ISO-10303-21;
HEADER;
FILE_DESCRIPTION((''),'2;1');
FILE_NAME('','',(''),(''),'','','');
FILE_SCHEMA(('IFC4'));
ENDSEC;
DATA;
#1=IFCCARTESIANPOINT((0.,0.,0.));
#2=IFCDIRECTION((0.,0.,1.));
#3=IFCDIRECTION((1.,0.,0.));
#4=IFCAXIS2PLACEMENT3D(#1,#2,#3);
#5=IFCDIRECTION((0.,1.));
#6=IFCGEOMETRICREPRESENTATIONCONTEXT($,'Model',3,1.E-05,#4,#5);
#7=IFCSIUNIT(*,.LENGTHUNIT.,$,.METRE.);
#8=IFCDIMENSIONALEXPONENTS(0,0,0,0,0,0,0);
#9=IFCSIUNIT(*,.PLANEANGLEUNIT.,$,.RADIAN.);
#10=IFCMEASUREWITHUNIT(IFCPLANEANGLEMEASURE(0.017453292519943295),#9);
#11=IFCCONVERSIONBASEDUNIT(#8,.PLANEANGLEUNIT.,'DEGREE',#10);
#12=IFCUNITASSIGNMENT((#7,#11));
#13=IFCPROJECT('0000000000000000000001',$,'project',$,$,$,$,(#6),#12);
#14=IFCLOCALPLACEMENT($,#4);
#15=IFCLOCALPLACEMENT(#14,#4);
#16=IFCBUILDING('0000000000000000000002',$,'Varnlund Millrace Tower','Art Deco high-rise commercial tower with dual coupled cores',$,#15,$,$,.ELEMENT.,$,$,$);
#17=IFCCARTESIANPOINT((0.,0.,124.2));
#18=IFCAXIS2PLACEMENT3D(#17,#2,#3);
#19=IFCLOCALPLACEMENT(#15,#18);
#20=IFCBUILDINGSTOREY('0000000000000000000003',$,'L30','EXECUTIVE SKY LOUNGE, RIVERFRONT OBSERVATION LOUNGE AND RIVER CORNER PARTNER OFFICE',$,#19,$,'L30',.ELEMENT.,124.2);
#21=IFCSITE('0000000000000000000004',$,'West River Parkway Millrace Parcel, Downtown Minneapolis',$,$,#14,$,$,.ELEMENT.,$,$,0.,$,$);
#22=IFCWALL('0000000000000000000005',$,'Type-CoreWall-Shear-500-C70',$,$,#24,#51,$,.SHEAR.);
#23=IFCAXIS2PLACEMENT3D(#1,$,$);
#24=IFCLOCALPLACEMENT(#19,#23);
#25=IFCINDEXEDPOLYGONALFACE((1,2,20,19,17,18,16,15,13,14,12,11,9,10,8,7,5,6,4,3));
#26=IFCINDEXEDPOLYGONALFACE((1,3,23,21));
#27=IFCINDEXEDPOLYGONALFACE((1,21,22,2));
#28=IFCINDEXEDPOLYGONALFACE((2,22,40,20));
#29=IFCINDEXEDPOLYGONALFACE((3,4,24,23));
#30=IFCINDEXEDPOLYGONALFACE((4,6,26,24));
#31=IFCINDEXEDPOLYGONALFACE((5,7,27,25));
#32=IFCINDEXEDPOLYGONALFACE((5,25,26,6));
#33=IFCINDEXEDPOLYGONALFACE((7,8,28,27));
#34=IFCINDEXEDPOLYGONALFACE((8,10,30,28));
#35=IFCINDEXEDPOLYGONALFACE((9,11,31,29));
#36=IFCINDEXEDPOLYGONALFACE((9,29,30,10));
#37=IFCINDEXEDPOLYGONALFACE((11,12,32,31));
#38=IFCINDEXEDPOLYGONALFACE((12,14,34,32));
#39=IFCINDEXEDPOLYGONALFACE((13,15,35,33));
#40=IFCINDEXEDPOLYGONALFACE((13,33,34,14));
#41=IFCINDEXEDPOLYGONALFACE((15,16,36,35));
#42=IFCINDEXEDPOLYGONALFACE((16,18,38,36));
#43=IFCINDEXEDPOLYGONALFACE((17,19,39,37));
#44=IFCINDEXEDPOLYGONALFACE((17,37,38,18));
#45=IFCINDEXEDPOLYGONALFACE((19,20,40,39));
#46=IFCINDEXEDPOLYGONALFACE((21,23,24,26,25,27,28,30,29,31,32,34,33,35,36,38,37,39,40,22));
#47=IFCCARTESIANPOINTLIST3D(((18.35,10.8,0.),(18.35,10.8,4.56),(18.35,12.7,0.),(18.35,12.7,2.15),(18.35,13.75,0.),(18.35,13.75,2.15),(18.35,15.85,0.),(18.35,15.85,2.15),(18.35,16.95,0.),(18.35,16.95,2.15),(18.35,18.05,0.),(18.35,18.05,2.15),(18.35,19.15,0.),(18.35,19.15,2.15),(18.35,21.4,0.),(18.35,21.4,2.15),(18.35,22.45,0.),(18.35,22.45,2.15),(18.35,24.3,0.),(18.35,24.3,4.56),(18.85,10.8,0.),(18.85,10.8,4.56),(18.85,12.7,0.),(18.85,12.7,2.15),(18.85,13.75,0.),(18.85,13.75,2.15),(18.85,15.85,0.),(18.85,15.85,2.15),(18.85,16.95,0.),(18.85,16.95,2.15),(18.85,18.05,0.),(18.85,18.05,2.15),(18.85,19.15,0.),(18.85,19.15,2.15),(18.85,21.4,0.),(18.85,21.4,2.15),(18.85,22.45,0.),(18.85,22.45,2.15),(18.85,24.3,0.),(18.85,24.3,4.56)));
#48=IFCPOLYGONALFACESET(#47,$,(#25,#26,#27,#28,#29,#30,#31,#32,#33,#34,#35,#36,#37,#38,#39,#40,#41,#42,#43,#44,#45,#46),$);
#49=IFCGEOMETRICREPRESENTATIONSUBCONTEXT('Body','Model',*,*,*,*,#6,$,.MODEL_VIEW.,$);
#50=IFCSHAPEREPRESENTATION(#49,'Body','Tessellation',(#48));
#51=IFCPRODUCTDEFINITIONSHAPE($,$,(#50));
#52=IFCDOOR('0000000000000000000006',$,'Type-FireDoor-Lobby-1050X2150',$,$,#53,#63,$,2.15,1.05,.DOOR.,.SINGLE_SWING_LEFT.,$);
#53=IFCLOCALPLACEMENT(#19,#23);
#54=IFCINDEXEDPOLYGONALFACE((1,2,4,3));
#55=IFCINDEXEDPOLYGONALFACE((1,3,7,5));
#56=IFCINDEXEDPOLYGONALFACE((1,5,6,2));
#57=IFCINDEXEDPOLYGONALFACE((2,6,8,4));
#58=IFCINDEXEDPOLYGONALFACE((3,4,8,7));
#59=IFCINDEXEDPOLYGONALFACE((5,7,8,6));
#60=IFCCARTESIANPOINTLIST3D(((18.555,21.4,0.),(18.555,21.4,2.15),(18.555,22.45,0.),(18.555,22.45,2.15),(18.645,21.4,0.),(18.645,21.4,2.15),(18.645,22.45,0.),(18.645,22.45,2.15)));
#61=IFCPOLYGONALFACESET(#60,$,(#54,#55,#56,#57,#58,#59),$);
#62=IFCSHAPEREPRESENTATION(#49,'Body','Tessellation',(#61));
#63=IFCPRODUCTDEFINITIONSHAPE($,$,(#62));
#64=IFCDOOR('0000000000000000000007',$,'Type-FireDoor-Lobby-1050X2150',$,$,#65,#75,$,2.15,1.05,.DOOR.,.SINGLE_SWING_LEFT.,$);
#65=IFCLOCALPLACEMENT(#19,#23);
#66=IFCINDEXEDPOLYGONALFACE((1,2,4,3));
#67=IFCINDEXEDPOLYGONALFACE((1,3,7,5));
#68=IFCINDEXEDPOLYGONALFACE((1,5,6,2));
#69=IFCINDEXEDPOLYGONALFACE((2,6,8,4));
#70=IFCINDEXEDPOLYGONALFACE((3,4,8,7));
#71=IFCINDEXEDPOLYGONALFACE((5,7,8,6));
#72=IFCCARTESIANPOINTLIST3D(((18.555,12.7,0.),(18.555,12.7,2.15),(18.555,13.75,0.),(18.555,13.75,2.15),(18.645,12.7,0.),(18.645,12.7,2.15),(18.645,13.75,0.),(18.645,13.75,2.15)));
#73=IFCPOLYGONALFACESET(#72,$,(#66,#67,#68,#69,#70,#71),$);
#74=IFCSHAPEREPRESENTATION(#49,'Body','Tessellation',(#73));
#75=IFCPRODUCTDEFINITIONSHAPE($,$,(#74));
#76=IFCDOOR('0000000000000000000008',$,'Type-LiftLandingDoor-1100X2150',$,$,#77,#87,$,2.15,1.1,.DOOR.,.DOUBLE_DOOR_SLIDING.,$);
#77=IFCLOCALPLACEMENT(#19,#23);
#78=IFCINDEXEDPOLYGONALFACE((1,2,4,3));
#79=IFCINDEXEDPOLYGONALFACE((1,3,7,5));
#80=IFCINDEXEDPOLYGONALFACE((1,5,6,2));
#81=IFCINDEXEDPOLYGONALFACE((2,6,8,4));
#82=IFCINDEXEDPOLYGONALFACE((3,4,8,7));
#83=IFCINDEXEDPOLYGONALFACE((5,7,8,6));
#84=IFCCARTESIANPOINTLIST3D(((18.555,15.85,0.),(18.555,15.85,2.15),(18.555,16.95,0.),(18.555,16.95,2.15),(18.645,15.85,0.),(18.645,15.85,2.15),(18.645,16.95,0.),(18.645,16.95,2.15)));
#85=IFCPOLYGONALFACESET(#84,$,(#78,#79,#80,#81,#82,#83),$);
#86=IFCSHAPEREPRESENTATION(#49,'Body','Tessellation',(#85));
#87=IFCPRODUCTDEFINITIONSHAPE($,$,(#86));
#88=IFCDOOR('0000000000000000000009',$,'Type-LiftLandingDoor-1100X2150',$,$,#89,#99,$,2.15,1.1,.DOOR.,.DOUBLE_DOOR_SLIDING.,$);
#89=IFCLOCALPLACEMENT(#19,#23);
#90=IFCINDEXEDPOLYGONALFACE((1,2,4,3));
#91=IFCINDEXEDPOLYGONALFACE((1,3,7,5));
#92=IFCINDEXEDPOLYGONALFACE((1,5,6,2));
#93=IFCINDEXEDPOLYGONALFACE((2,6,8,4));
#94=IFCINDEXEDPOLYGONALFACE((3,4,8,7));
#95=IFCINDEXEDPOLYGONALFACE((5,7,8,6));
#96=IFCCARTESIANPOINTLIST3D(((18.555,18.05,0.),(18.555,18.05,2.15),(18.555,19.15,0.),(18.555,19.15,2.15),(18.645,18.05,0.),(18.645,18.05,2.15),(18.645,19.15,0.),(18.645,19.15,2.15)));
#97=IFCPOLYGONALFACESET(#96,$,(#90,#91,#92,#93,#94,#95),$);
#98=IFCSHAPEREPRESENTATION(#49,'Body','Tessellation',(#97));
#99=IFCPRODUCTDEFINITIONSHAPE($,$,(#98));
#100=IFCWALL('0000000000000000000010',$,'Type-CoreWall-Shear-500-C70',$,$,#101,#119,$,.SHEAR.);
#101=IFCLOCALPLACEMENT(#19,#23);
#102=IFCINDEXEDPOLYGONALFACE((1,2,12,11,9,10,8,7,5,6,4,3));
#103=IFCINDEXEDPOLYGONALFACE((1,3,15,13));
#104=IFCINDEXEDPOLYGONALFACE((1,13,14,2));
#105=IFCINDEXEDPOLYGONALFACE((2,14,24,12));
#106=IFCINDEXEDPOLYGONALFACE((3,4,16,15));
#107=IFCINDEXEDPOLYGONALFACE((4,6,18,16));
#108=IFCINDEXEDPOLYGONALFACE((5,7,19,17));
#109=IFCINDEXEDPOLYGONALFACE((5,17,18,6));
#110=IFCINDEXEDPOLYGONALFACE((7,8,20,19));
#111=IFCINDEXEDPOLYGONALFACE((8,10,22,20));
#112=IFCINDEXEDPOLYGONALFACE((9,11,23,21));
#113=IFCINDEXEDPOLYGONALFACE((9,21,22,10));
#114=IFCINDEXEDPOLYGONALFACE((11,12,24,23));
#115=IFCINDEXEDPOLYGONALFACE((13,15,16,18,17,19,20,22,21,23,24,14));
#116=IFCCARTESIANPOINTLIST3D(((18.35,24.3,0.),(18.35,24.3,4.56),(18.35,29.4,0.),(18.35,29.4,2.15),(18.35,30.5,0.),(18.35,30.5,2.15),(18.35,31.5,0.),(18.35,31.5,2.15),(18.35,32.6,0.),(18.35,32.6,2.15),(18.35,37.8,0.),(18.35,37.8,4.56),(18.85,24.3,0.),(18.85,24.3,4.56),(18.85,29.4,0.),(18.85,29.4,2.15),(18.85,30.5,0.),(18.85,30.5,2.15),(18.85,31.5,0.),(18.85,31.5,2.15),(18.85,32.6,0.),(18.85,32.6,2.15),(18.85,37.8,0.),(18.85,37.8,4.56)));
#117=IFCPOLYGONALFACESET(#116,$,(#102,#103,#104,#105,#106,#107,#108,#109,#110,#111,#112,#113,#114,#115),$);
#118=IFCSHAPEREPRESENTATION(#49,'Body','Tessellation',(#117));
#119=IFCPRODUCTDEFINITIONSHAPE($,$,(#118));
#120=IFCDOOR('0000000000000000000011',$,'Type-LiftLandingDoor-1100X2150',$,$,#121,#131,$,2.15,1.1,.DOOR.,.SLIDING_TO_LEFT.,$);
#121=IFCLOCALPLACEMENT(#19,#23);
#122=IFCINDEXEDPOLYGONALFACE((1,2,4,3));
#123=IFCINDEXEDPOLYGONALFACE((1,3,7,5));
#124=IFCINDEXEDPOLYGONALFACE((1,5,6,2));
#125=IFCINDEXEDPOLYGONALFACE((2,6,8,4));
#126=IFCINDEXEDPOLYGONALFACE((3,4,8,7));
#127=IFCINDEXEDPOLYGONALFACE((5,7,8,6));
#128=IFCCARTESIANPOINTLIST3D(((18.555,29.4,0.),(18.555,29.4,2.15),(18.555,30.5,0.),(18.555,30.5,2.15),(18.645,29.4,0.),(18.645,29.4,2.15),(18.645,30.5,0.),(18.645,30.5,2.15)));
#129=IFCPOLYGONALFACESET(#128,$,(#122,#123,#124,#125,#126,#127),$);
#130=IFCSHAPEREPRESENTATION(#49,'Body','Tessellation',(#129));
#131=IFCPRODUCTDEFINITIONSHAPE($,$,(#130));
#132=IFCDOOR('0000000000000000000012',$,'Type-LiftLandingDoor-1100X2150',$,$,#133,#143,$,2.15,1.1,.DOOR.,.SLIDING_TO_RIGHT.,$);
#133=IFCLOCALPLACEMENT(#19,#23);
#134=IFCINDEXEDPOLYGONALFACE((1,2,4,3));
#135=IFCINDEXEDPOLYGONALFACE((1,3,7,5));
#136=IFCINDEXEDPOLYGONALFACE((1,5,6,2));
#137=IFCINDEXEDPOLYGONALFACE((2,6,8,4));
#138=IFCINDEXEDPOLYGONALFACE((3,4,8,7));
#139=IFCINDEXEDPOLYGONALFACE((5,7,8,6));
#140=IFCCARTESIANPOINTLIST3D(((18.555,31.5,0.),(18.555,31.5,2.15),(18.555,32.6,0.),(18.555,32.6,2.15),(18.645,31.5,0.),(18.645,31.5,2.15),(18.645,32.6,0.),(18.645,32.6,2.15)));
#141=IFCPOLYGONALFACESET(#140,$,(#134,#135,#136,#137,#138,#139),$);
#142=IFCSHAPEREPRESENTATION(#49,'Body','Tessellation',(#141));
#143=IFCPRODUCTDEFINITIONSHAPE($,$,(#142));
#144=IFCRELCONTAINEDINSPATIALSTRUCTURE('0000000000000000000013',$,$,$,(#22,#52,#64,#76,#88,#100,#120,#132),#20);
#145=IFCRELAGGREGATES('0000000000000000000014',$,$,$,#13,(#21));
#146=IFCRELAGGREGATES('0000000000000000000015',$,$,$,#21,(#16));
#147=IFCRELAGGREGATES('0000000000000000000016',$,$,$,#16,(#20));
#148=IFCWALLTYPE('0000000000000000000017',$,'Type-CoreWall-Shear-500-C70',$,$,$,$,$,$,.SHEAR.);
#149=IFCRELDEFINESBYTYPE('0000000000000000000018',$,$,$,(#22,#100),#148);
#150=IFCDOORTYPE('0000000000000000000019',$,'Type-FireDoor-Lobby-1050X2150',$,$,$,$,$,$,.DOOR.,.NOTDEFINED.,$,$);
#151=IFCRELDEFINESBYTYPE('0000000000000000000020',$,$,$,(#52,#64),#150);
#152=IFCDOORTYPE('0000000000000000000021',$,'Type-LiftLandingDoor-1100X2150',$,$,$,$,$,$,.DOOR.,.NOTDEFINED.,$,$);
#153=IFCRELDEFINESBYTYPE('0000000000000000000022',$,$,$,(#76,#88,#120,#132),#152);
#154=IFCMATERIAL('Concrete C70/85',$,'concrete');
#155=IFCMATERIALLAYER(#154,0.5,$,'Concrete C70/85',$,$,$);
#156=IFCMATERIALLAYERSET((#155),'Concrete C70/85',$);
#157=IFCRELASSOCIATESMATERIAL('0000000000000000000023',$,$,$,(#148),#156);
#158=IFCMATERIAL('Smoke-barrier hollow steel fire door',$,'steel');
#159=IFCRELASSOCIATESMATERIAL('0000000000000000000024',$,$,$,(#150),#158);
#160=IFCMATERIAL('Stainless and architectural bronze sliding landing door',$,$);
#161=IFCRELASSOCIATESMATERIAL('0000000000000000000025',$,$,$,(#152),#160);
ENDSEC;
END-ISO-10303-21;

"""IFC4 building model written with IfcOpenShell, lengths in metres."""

from ifc_helpers import new_model, entity, si_unit, converted_unit, direction, frame, origin_with_axes, origin_2d_with_axis, place, context, subcontext, project, spatial, polyline, rectangle, outline, extrude, material, layer, layer_set, type_object, element, fill, save


model = new_model("IFC4")

# Units and contexts
model_context = context("Model", 3, precision=1e-05, world=origin_with_axes(), true_north=direction((0.0, 1.0)))
body_context = subcontext(model_context, "Body", "Model", "MODEL_VIEW")
ifc_project = project(units=[si_unit("LENGTHUNIT", "METRE"), converted_unit("PLANEANGLEUNIT", "DEGREE", entity("IfcPlaneAngleMeasure", 0.017453292519943295), si_unit("PLANEANGLEUNIT", "RADIAN"), dimensions=[0, 0, 0, 0, 0, 0, 0])], contexts=[model_context])

# Site, building, storey
site_placement = place(None, origin_with_axes())
site = spatial("IfcSite", under=ifc_project, at=site_placement, Name="West River Parkway Millrace Parcel, Downtown Minneapolis", CompositionType="ELEMENT", RefElevation=0.0)
building_placement = place(site_placement, origin_with_axes())
building = spatial("IfcBuilding", under=site, at=building_placement, Name="Varnlund Millrace Tower", Description="Art Deco high-rise commercial tower with dual coupled cores", CompositionType="ELEMENT")
storey_placement = place(building_placement, frame((0.0, 0.0, 124.2), z_axis=(0.0, 0.0, 1.0), x_axis=(1.0, 0.0, 0.0)))
storey = spatial("IfcBuildingStorey", under=building, at=storey_placement, Name="L30", Description="EXECUTIVE SKY LOUNGE, RIVERFRONT OBSERVATION LOUNGE AND RIVER CORNER PARTNER OFFICE", LongName="L30", CompositionType="ELEMENT", Elevation=124.2)

# Shared definitions
ifc_material_1 = material(Name="Concrete C70/85", Category="concrete")

# Shared definitions
ifc_layer_1 = layer(ifc_material_1, 0.5, Name="Concrete C70/85")
ifc_layer_set_1 = layer_set([ifc_layer_1], Name="Concrete C70/85")
wall_type = type_object("IfcWallType", Name="Type-CoreWall-Shear-500-C70", PredefinedType="SHEAR", material=ifc_layer_set_1)

# Walls, openings, doors
wall_1_placement = place(storey_placement, frame((18.6, 10.8, 0.0), z_axis=(0.0, 0.0, 1.0), x_axis=(0.0, 1.0, 0.0)))
wall_1 = element("IfcWall", 1, at=wall_1_placement, inside=storey, type_object=wall_type, Name="Type-CoreWall-Shear-500-C70", PredefinedType="SHEAR", context=body_context, shape_type="SweptSolid", body=[
    extrude(outline(polyline([(0.0, -0.25), (13.5, -0.25), (13.5, 0.25), (0.0, 0.25), (0.0, -0.25)])), origin_with_axes(), (0.0, 0.0, 1.0), 4.56),
])
opening_1_placement = place(wall_1_placement, frame((5.6, 0.0, 0.0), z_axis=(0.0, 0.0, 1.0), x_axis=(1.0, 0.0, 0.0)))
opening_1 = element("IfcOpeningElement", 2, at=opening_1_placement, cuts=wall_1, PredefinedType="OPENING", context=body_context, shape_type="SweptSolid", body=[
    extrude(rectangle(XDim=1.1, YDim=0.52, at=origin_2d_with_axis()), origin_with_axes(), (0.0, 0.0, 1.0), 2.15),
])
opening_2_placement = place(wall_1_placement, frame((7.8, 0.0, 0.0), z_axis=(0.0, 0.0, 1.0), x_axis=(1.0, 0.0, 0.0)))
opening_2 = element("IfcOpeningElement", 3, at=opening_2_placement, cuts=wall_1, PredefinedType="OPENING", context=body_context, shape_type="SweptSolid", body=[
    extrude(rectangle(XDim=1.1, YDim=0.52, at=origin_2d_with_axis()), origin_with_axes(), (0.0, 0.0, 1.0), 2.15),
])
opening_3_placement = place(wall_1_placement, frame((11.125, 0.0, 0.0), z_axis=(0.0, 0.0, 1.0), x_axis=(1.0, 0.0, 0.0)))
opening_3 = element("IfcOpeningElement", 4, at=opening_3_placement, cuts=wall_1, PredefinedType="OPENING", context=body_context, shape_type="SweptSolid", body=[
    extrude(rectangle(XDim=1.05, YDim=0.52, at=origin_2d_with_axis()), origin_with_axes(), (0.0, 0.0, 1.0), 2.15),
])
opening_4_placement = place(wall_1_placement, frame((2.425, 0.0, 0.0), z_axis=(0.0, 0.0, 1.0), x_axis=(1.0, 0.0, 0.0)))
opening_4 = element("IfcOpeningElement", 5, at=opening_4_placement, cuts=wall_1, PredefinedType="OPENING", context=body_context, shape_type="SweptSolid", body=[
    extrude(rectangle(XDim=1.05, YDim=0.52, at=origin_2d_with_axis()), origin_with_axes(), (0.0, 0.0, 1.0), 2.15),
])
ifc_material_2 = material(Name="Smoke-barrier hollow steel fire door", Category="steel")
door_type_1 = type_object("IfcDoorType", Name="Type-FireDoor-Lobby-1050X2150", OperationType="NOTDEFINED", PredefinedType="DOOR", material=ifc_material_2)
door_1_placement = place(wall_1_placement, frame((11.125, 0.0, 0.0), z_axis=(0.0, 0.0, 1.0), x_axis=(1.0, 0.0, 0.0)))
door_1 = element("IfcDoor", 6, at=door_1_placement, inside=storey, type_object=door_type_1, Name="Type-FireDoor-Lobby-1050X2150", OperationType="SINGLE_SWING_LEFT", OverallHeight=2.15, OverallWidth=1.05, PredefinedType="DOOR", context=body_context, shape_type="SweptSolid", body=[
    extrude(rectangle(XDim=1.05, YDim=0.09, at=origin_2d_with_axis()), origin_with_axes(), (0.0, 0.0, 1.0), 2.15),
])
fill(opening_3, door_1)
door_2_placement = place(wall_1_placement, frame((2.425, 0.0, 0.0), z_axis=(0.0, 0.0, 1.0), x_axis=(1.0, 0.0, 0.0)))
door_2 = element("IfcDoor", 7, at=door_2_placement, inside=storey, type_object=door_type_1, Name="Type-FireDoor-Lobby-1050X2150", OperationType="SINGLE_SWING_LEFT", OverallHeight=2.15, OverallWidth=1.05, PredefinedType="DOOR", context=body_context, shape_type="SweptSolid", body=[
    extrude(rectangle(XDim=1.05, YDim=0.09, at=origin_2d_with_axis()), origin_with_axes(), (0.0, 0.0, 1.0), 2.15),
])
fill(opening_4, door_2)
ifc_material_3 = material(Name="Stainless and architectural bronze sliding landing door")
door_type_2 = type_object("IfcDoorType", Name="Type-LiftLandingDoor-1100X2150", OperationType="NOTDEFINED", PredefinedType="DOOR", material=ifc_material_3)
door_3_placement = place(wall_1_placement, frame((5.6, 0.0, 0.0), z_axis=(0.0, 0.0, 1.0), x_axis=(1.0, 0.0, 0.0)))
door_3 = element("IfcDoor", 8, at=door_3_placement, inside=storey, type_object=door_type_2, Name="Type-LiftLandingDoor-1100X2150", OperationType="DOUBLE_DOOR_SLIDING", OverallHeight=2.15, OverallWidth=1.1, PredefinedType="DOOR", context=body_context, shape_type="SweptSolid", body=[
    extrude(rectangle(XDim=1.1, YDim=0.09, at=origin_2d_with_axis()), origin_with_axes(), (0.0, 0.0, 1.0), 2.15),
])
fill(opening_1, door_3)
door_4_placement = place(wall_1_placement, frame((7.8, 0.0, 0.0), z_axis=(0.0, 0.0, 1.0), x_axis=(1.0, 0.0, 0.0)))
door_4 = element("IfcDoor", 9, at=door_4_placement, inside=storey, type_object=door_type_2, Name="Type-LiftLandingDoor-1100X2150", OperationType="DOUBLE_DOOR_SLIDING", OverallHeight=2.15, OverallWidth=1.1, PredefinedType="DOOR", context=body_context, shape_type="SweptSolid", body=[
    extrude(rectangle(XDim=1.1, YDim=0.09, at=origin_2d_with_axis()), origin_with_axes(), (0.0, 0.0, 1.0), 2.15),
])
fill(opening_2, door_4)
wall_2_placement = place(storey_placement, frame((18.6, 24.3, 0.0), z_axis=(0.0, 0.0, 1.0), x_axis=(0.0, 1.0, 0.0)))
wall_2 = element("IfcWall", 10, at=wall_2_placement, inside=storey, type_object=wall_type, Name="Type-CoreWall-Shear-500-C70", PredefinedType="SHEAR", context=body_context, shape_type="SweptSolid", body=[
    extrude(outline(polyline([(0.0, -0.25), (13.5, -0.25), (13.5, 0.25), (0.0, 0.25), (0.0, -0.25)])), origin_with_axes(), (0.0, 0.0, 1.0), 4.56),
])
opening_5_placement = place(wall_2_placement, frame((5.65, 0.0, 0.0), z_axis=(0.0, 0.0, 1.0), x_axis=(1.0, 0.0, 0.0)))
opening_5 = element("IfcOpeningElement", 11, at=opening_5_placement, cuts=wall_2, PredefinedType="OPENING", context=body_context, shape_type="SweptSolid", body=[
    extrude(rectangle(XDim=1.1, YDim=0.52, at=origin_2d_with_axis()), origin_with_axes(), (0.0, 0.0, 1.0), 2.15),
])
opening_6_placement = place(wall_2_placement, frame((7.75, 0.0, 0.0), z_axis=(0.0, 0.0, 1.0), x_axis=(1.0, 0.0, 0.0)))
opening_6 = element("IfcOpeningElement", 12, at=opening_6_placement, cuts=wall_2, PredefinedType="OPENING", context=body_context, shape_type="SweptSolid", body=[
    extrude(rectangle(XDim=1.1, YDim=0.52, at=origin_2d_with_axis()), origin_with_axes(), (0.0, 0.0, 1.0), 2.15),
])
door_5_placement = place(wall_2_placement, frame((5.65, 0.0, 0.0), z_axis=(0.0, 0.0, 1.0), x_axis=(1.0, 0.0, 0.0)))
door_5 = element("IfcDoor", 13, at=door_5_placement, inside=storey, type_object=door_type_2, Name="Type-LiftLandingDoor-1100X2150", OperationType="SLIDING_TO_LEFT", OverallHeight=2.15, OverallWidth=1.1, PredefinedType="DOOR", context=body_context, shape_type="SweptSolid", body=[
    extrude(rectangle(XDim=1.1, YDim=0.09, at=origin_2d_with_axis()), origin_with_axes(), (0.0, 0.0, 1.0), 2.15),
])
fill(opening_5, door_5)
door_6_placement = place(wall_2_placement, frame((7.75, 0.0, 0.0), z_axis=(0.0, 0.0, 1.0), x_axis=(1.0, 0.0, 0.0)))
door_6 = element("IfcDoor", 14, at=door_6_placement, inside=storey, type_object=door_type_2, Name="Type-LiftLandingDoor-1100X2150", OperationType="SLIDING_TO_RIGHT", OverallHeight=2.15, OverallWidth=1.1, PredefinedType="DOOR", context=body_context, shape_type="SweptSolid", body=[
    extrude(rectangle(XDim=1.1, YDim=0.09, at=origin_2d_with_axis()), origin_with_axes(), (0.0, 0.0, 1.0), 2.15),
])
fill(opening_6, door_6)

save(model, "model.ifc")
